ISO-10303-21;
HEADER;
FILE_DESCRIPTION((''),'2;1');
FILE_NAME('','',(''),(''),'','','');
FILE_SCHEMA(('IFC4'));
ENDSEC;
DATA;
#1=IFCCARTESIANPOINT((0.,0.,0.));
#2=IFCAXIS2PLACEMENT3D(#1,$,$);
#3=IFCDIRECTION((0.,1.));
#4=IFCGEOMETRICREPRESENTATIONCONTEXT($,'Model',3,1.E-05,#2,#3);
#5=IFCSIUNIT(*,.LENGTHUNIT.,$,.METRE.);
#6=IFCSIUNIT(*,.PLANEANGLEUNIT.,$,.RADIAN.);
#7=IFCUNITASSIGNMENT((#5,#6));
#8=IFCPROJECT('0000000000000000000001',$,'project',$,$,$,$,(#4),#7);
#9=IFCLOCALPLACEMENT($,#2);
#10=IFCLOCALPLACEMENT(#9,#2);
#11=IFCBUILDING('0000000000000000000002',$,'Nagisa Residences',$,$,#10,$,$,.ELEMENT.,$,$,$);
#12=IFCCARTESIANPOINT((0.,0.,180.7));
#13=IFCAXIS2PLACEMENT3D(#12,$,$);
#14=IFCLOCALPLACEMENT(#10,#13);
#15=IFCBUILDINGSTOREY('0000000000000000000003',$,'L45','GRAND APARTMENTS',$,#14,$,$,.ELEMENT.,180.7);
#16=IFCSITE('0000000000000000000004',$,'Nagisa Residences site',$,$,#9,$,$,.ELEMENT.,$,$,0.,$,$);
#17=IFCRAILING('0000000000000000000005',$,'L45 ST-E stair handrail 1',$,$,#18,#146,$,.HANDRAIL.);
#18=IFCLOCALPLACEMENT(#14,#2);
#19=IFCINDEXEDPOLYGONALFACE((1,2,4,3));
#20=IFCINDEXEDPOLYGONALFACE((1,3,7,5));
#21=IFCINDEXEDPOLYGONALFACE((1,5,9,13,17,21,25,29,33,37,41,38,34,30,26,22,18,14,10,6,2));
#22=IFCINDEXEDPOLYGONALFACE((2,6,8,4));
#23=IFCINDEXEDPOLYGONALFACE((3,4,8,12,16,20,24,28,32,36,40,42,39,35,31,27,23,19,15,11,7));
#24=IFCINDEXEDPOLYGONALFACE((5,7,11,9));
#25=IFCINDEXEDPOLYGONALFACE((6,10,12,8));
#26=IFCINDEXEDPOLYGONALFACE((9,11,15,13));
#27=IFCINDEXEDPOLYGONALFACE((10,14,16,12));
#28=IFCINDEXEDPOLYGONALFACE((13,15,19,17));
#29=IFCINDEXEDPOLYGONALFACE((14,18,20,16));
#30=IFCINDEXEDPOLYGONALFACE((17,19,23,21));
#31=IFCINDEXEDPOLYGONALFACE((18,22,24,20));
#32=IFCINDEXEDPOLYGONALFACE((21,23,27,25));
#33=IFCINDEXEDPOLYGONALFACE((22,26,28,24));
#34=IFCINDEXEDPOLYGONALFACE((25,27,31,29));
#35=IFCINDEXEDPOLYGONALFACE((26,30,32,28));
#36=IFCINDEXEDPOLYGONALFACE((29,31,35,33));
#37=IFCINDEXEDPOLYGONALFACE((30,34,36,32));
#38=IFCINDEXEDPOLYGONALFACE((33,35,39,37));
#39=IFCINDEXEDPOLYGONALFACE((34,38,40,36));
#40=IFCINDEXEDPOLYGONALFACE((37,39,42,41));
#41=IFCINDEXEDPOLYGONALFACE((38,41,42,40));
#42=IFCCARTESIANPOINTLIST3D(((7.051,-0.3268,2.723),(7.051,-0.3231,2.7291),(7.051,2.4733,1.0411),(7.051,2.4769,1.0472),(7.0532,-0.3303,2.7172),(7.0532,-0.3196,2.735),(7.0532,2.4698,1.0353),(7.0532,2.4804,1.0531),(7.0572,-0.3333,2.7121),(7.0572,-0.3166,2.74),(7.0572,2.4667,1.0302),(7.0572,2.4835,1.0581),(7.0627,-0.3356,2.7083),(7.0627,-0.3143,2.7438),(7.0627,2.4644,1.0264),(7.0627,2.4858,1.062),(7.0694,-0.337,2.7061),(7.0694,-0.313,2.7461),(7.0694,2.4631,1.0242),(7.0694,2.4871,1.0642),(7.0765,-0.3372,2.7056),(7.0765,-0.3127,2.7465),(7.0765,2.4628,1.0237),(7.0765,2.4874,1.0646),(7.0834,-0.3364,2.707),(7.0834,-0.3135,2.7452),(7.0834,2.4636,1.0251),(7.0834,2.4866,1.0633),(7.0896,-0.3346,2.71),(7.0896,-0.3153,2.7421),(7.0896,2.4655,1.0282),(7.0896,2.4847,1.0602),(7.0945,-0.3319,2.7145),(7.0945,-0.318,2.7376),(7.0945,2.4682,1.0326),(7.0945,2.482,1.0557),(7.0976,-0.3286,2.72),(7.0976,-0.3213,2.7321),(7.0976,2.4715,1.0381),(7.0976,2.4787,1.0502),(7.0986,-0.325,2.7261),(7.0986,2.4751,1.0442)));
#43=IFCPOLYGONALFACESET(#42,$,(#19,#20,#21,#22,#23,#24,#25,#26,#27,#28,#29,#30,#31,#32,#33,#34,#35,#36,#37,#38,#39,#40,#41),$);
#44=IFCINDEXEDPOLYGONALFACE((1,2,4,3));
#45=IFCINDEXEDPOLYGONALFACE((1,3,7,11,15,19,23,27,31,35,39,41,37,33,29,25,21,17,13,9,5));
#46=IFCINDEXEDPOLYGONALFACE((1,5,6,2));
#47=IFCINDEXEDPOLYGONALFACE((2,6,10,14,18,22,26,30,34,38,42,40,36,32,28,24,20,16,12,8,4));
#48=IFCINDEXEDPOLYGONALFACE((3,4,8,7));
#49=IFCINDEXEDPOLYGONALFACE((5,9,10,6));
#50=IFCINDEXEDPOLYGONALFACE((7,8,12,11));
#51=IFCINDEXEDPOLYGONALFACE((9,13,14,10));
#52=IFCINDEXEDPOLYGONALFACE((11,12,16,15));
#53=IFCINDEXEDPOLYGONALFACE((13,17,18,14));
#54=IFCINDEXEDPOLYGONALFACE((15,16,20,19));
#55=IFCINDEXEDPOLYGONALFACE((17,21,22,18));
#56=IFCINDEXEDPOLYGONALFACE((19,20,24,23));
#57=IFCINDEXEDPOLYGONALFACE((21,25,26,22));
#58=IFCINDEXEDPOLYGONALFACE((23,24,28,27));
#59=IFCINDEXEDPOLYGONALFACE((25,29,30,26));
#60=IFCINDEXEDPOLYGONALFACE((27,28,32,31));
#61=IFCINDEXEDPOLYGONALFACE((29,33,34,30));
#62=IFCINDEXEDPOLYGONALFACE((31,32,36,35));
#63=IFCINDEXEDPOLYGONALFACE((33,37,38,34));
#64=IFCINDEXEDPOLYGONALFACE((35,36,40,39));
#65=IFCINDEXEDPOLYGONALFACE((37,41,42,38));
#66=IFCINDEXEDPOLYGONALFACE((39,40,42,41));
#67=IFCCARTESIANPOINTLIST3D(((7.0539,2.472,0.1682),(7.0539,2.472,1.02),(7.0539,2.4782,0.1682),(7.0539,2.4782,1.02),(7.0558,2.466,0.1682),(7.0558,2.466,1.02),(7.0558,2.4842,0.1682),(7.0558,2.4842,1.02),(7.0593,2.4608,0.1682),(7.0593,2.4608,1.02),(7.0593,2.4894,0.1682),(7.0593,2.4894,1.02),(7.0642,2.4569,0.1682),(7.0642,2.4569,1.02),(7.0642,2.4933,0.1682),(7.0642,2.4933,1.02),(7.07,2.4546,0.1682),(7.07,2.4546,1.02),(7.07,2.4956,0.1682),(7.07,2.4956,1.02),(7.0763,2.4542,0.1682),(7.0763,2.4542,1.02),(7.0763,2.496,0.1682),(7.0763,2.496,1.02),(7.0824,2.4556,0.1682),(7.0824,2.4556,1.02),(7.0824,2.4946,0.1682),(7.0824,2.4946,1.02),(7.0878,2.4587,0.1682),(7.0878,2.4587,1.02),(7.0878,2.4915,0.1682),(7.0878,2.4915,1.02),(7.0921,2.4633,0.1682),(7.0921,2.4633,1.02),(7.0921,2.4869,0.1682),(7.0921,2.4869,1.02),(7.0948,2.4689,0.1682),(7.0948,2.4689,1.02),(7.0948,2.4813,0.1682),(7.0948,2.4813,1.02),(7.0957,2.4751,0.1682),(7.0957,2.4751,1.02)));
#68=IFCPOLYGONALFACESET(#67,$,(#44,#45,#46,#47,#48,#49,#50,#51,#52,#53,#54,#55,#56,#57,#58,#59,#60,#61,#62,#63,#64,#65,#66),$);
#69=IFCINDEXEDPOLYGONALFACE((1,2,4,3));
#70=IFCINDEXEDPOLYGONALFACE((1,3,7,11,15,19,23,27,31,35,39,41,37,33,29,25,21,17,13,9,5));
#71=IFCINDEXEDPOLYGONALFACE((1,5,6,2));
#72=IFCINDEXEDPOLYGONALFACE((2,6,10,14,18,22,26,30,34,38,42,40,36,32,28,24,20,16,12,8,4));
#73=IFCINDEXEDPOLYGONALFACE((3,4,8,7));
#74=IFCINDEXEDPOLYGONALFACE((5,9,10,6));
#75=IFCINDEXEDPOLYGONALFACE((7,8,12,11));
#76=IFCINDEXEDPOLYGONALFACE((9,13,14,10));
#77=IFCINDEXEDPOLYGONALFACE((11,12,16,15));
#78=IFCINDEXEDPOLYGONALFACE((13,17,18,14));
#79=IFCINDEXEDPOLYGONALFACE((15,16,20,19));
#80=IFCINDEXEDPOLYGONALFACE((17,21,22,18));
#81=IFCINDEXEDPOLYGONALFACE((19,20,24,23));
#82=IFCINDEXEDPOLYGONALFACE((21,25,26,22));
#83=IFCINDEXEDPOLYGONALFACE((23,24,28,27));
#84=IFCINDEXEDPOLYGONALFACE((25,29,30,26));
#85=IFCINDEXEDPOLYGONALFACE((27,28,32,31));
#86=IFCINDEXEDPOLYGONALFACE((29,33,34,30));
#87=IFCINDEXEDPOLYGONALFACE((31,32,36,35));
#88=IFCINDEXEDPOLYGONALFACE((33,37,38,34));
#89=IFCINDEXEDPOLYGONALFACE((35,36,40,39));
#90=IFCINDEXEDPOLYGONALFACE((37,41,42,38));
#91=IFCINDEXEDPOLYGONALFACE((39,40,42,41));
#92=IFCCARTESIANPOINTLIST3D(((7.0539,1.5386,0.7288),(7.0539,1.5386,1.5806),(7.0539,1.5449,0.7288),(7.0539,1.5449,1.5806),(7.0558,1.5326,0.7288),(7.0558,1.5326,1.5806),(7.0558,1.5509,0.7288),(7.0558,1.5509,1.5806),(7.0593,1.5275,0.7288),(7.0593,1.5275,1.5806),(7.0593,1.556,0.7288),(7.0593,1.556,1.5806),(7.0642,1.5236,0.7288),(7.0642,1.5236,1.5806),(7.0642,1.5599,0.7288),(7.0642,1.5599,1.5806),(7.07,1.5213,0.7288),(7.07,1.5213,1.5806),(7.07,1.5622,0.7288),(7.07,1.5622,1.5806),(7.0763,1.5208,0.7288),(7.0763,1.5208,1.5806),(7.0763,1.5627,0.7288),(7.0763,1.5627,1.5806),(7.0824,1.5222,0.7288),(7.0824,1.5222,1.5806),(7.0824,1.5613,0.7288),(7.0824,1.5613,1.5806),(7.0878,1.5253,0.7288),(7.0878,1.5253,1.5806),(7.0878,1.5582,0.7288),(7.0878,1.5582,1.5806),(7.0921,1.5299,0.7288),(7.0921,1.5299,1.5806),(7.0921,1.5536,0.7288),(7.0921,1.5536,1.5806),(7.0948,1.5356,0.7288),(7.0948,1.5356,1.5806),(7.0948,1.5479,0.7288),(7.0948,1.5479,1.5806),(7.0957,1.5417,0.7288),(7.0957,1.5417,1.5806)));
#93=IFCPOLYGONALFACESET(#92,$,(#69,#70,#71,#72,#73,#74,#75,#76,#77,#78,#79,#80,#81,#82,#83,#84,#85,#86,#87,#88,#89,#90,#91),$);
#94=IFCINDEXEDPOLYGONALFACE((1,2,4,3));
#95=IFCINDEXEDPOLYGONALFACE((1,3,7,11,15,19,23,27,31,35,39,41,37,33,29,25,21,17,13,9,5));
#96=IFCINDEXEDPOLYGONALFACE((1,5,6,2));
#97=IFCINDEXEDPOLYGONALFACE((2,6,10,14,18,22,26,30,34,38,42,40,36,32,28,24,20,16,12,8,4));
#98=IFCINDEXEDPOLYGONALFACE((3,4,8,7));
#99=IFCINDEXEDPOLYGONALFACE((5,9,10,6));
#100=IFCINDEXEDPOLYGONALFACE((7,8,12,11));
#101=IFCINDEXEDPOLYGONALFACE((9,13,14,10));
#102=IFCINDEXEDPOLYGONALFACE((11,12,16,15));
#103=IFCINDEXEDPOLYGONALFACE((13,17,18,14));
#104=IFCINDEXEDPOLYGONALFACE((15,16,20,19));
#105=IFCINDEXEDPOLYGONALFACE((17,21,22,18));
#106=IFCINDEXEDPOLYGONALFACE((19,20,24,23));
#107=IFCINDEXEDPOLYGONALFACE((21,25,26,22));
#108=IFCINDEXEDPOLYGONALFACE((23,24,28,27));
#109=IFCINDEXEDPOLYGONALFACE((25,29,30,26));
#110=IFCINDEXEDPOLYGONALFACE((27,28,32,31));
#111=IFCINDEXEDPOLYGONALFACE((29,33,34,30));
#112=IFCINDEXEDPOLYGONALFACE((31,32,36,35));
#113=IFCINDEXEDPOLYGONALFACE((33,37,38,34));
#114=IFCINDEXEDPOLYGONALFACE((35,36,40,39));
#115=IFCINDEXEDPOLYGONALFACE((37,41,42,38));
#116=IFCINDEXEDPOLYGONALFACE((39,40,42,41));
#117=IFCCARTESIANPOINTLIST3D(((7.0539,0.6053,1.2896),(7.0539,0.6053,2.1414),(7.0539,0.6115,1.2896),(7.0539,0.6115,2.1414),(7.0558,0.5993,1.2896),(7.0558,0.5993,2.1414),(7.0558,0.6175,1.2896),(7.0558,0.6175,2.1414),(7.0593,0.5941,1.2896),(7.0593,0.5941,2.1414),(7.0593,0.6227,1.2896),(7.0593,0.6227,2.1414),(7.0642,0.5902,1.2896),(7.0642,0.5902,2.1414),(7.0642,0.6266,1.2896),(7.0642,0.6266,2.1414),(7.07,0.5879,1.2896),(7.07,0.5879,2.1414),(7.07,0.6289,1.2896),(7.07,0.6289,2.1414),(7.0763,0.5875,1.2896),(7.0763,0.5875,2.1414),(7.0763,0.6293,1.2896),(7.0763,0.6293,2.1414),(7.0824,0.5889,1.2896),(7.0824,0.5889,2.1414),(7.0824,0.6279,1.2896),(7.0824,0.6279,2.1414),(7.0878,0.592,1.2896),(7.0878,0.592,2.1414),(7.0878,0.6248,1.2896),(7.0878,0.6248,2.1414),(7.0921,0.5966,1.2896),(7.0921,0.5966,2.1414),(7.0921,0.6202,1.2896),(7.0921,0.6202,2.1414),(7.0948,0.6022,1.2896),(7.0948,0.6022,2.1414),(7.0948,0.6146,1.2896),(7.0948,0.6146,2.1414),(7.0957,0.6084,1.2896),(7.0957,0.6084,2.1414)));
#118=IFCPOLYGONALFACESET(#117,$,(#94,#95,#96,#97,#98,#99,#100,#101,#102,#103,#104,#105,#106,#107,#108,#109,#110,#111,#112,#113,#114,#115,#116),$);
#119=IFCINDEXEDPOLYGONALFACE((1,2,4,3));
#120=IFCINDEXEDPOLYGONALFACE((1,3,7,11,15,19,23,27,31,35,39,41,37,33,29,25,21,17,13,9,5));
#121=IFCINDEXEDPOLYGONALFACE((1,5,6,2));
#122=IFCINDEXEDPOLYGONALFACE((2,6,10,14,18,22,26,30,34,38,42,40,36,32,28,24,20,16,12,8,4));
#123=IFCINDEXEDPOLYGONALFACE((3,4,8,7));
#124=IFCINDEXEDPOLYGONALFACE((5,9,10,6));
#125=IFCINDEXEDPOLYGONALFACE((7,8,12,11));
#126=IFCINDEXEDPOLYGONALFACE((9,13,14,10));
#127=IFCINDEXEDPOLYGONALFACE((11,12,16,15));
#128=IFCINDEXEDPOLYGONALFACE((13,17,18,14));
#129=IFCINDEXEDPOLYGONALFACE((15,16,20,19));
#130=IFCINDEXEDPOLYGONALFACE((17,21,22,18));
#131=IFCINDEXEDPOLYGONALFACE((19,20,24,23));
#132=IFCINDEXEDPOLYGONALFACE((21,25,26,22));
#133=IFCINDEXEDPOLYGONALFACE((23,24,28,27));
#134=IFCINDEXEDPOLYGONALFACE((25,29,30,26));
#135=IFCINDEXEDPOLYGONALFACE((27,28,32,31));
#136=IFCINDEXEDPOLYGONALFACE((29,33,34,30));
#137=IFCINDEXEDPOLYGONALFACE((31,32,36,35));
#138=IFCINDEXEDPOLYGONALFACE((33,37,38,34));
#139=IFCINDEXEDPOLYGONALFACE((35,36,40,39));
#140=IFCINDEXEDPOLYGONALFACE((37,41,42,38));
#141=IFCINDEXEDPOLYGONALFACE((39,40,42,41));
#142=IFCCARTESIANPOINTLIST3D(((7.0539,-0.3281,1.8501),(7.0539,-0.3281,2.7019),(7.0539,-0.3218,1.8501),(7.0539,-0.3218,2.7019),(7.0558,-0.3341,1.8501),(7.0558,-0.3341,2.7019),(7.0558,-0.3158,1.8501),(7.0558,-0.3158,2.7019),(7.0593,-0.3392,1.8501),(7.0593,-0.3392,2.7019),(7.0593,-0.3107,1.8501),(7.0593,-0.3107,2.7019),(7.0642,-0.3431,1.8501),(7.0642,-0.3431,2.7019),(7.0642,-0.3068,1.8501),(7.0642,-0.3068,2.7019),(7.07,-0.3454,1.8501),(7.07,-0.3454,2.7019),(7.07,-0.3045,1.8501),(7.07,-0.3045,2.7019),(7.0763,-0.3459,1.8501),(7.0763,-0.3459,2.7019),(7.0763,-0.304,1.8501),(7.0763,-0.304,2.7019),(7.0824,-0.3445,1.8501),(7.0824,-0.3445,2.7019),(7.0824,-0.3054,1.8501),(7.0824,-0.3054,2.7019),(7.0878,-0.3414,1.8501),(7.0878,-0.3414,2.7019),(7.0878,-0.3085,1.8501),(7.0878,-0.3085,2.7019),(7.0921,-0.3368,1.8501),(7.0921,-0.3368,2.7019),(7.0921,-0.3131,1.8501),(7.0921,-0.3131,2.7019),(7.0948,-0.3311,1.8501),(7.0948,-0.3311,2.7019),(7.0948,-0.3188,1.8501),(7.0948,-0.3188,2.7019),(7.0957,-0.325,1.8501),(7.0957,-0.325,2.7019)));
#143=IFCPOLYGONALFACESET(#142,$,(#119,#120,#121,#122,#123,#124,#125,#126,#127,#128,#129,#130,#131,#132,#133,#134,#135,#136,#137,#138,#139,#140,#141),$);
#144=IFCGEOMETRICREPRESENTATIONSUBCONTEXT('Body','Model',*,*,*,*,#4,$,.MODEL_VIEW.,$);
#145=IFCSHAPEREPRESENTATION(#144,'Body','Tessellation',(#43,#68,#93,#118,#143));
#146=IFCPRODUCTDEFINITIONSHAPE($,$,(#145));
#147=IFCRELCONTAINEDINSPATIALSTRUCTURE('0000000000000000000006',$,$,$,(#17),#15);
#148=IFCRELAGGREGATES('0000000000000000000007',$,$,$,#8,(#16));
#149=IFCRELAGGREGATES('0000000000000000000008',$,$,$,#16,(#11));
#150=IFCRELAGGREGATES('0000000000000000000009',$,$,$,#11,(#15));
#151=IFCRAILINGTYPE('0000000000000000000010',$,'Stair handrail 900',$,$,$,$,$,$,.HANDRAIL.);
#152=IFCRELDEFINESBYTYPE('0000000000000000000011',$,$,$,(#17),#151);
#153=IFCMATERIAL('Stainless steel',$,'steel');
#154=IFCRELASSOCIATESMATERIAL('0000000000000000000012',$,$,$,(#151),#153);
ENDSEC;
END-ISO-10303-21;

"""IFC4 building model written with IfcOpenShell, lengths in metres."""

from ifc_helpers import new_model, si_unit, direction, frame, origin, origin_2d, place, context, subcontext, project, spatial, circle, extrude, material, type_object, element, save


model = new_model("IFC4")

# Units and contexts
model_context = context("Model", 3, precision=1e-05, world=origin(), true_north=direction((0.0, 1.0)))
body_context = subcontext(model_context, "Body", "Model", "MODEL_VIEW")
ifc_project = project(units=[si_unit("LENGTHUNIT", "METRE"), si_unit("PLANEANGLEUNIT", "RADIAN")], contexts=[model_context])

# Site, building, storey
site_placement = place(None, origin())
site = spatial("IfcSite", under=ifc_project, at=site_placement, Name="Nagisa Residences site", CompositionType="ELEMENT", RefElevation=0.0)
building_placement = place(site_placement, origin())
building = spatial("IfcBuilding", under=site, at=building_placement, Name="Nagisa Residences", CompositionType="ELEMENT")
storey_placement = place(building_placement, frame((0.0, 0.0, 180.7)))
storey = spatial("IfcBuildingStorey", under=building, at=storey_placement, Name="L45", Description="GRAND APARTMENTS", CompositionType="ELEMENT", Elevation=180.7)

# Railing
ifc_material_1 = material(Name="Stainless steel", Category="steel")
railing_type_1 = type_object("IfcRailingType", Name="Stair handrail 900", PredefinedType="HANDRAIL", material=ifc_material_1)
railing_1_placement = place(storey_placement, frame((7.0747, 2.4751, 0.1682)))
element("IfcRailing", 1, at=railing_1_placement, inside=storey, type_object=railing_type_1, Name="L45 ST-E stair handrail 1", PredefinedType="HANDRAIL", context=body_context, shape_type="SweptSolid", body=[
    extrude(circle(Radius=0.0239, at=origin_2d()), frame((0.0, 0.0, 0.876), z_axis=(0.0, -0.857242, 0.514913), x_axis=(1.0, 0.0, 0.0)), (0.0, 0.0, 1.0), 3.2664),
    extrude(circle(Radius=0.021, at=origin_2d()), origin(), (0.0, 0.0, 1.0), 0.8518),
    extrude(circle(Radius=0.021, at=origin_2d()), frame((0.0, -0.9333, 0.5605)), (0.0, 0.0, 1.0), 0.8518),
    extrude(circle(Radius=0.021, at=origin_2d()), frame((0.0, -1.8667, 1.1213)), (0.0, 0.0, 1.0), 0.8518),
    extrude(circle(Radius=0.021, at=origin_2d()), frame((0.0, -2.8, 1.6819)), (0.0, 0.0, 1.0), 0.8518),
])

save(model, "model.ifc")
